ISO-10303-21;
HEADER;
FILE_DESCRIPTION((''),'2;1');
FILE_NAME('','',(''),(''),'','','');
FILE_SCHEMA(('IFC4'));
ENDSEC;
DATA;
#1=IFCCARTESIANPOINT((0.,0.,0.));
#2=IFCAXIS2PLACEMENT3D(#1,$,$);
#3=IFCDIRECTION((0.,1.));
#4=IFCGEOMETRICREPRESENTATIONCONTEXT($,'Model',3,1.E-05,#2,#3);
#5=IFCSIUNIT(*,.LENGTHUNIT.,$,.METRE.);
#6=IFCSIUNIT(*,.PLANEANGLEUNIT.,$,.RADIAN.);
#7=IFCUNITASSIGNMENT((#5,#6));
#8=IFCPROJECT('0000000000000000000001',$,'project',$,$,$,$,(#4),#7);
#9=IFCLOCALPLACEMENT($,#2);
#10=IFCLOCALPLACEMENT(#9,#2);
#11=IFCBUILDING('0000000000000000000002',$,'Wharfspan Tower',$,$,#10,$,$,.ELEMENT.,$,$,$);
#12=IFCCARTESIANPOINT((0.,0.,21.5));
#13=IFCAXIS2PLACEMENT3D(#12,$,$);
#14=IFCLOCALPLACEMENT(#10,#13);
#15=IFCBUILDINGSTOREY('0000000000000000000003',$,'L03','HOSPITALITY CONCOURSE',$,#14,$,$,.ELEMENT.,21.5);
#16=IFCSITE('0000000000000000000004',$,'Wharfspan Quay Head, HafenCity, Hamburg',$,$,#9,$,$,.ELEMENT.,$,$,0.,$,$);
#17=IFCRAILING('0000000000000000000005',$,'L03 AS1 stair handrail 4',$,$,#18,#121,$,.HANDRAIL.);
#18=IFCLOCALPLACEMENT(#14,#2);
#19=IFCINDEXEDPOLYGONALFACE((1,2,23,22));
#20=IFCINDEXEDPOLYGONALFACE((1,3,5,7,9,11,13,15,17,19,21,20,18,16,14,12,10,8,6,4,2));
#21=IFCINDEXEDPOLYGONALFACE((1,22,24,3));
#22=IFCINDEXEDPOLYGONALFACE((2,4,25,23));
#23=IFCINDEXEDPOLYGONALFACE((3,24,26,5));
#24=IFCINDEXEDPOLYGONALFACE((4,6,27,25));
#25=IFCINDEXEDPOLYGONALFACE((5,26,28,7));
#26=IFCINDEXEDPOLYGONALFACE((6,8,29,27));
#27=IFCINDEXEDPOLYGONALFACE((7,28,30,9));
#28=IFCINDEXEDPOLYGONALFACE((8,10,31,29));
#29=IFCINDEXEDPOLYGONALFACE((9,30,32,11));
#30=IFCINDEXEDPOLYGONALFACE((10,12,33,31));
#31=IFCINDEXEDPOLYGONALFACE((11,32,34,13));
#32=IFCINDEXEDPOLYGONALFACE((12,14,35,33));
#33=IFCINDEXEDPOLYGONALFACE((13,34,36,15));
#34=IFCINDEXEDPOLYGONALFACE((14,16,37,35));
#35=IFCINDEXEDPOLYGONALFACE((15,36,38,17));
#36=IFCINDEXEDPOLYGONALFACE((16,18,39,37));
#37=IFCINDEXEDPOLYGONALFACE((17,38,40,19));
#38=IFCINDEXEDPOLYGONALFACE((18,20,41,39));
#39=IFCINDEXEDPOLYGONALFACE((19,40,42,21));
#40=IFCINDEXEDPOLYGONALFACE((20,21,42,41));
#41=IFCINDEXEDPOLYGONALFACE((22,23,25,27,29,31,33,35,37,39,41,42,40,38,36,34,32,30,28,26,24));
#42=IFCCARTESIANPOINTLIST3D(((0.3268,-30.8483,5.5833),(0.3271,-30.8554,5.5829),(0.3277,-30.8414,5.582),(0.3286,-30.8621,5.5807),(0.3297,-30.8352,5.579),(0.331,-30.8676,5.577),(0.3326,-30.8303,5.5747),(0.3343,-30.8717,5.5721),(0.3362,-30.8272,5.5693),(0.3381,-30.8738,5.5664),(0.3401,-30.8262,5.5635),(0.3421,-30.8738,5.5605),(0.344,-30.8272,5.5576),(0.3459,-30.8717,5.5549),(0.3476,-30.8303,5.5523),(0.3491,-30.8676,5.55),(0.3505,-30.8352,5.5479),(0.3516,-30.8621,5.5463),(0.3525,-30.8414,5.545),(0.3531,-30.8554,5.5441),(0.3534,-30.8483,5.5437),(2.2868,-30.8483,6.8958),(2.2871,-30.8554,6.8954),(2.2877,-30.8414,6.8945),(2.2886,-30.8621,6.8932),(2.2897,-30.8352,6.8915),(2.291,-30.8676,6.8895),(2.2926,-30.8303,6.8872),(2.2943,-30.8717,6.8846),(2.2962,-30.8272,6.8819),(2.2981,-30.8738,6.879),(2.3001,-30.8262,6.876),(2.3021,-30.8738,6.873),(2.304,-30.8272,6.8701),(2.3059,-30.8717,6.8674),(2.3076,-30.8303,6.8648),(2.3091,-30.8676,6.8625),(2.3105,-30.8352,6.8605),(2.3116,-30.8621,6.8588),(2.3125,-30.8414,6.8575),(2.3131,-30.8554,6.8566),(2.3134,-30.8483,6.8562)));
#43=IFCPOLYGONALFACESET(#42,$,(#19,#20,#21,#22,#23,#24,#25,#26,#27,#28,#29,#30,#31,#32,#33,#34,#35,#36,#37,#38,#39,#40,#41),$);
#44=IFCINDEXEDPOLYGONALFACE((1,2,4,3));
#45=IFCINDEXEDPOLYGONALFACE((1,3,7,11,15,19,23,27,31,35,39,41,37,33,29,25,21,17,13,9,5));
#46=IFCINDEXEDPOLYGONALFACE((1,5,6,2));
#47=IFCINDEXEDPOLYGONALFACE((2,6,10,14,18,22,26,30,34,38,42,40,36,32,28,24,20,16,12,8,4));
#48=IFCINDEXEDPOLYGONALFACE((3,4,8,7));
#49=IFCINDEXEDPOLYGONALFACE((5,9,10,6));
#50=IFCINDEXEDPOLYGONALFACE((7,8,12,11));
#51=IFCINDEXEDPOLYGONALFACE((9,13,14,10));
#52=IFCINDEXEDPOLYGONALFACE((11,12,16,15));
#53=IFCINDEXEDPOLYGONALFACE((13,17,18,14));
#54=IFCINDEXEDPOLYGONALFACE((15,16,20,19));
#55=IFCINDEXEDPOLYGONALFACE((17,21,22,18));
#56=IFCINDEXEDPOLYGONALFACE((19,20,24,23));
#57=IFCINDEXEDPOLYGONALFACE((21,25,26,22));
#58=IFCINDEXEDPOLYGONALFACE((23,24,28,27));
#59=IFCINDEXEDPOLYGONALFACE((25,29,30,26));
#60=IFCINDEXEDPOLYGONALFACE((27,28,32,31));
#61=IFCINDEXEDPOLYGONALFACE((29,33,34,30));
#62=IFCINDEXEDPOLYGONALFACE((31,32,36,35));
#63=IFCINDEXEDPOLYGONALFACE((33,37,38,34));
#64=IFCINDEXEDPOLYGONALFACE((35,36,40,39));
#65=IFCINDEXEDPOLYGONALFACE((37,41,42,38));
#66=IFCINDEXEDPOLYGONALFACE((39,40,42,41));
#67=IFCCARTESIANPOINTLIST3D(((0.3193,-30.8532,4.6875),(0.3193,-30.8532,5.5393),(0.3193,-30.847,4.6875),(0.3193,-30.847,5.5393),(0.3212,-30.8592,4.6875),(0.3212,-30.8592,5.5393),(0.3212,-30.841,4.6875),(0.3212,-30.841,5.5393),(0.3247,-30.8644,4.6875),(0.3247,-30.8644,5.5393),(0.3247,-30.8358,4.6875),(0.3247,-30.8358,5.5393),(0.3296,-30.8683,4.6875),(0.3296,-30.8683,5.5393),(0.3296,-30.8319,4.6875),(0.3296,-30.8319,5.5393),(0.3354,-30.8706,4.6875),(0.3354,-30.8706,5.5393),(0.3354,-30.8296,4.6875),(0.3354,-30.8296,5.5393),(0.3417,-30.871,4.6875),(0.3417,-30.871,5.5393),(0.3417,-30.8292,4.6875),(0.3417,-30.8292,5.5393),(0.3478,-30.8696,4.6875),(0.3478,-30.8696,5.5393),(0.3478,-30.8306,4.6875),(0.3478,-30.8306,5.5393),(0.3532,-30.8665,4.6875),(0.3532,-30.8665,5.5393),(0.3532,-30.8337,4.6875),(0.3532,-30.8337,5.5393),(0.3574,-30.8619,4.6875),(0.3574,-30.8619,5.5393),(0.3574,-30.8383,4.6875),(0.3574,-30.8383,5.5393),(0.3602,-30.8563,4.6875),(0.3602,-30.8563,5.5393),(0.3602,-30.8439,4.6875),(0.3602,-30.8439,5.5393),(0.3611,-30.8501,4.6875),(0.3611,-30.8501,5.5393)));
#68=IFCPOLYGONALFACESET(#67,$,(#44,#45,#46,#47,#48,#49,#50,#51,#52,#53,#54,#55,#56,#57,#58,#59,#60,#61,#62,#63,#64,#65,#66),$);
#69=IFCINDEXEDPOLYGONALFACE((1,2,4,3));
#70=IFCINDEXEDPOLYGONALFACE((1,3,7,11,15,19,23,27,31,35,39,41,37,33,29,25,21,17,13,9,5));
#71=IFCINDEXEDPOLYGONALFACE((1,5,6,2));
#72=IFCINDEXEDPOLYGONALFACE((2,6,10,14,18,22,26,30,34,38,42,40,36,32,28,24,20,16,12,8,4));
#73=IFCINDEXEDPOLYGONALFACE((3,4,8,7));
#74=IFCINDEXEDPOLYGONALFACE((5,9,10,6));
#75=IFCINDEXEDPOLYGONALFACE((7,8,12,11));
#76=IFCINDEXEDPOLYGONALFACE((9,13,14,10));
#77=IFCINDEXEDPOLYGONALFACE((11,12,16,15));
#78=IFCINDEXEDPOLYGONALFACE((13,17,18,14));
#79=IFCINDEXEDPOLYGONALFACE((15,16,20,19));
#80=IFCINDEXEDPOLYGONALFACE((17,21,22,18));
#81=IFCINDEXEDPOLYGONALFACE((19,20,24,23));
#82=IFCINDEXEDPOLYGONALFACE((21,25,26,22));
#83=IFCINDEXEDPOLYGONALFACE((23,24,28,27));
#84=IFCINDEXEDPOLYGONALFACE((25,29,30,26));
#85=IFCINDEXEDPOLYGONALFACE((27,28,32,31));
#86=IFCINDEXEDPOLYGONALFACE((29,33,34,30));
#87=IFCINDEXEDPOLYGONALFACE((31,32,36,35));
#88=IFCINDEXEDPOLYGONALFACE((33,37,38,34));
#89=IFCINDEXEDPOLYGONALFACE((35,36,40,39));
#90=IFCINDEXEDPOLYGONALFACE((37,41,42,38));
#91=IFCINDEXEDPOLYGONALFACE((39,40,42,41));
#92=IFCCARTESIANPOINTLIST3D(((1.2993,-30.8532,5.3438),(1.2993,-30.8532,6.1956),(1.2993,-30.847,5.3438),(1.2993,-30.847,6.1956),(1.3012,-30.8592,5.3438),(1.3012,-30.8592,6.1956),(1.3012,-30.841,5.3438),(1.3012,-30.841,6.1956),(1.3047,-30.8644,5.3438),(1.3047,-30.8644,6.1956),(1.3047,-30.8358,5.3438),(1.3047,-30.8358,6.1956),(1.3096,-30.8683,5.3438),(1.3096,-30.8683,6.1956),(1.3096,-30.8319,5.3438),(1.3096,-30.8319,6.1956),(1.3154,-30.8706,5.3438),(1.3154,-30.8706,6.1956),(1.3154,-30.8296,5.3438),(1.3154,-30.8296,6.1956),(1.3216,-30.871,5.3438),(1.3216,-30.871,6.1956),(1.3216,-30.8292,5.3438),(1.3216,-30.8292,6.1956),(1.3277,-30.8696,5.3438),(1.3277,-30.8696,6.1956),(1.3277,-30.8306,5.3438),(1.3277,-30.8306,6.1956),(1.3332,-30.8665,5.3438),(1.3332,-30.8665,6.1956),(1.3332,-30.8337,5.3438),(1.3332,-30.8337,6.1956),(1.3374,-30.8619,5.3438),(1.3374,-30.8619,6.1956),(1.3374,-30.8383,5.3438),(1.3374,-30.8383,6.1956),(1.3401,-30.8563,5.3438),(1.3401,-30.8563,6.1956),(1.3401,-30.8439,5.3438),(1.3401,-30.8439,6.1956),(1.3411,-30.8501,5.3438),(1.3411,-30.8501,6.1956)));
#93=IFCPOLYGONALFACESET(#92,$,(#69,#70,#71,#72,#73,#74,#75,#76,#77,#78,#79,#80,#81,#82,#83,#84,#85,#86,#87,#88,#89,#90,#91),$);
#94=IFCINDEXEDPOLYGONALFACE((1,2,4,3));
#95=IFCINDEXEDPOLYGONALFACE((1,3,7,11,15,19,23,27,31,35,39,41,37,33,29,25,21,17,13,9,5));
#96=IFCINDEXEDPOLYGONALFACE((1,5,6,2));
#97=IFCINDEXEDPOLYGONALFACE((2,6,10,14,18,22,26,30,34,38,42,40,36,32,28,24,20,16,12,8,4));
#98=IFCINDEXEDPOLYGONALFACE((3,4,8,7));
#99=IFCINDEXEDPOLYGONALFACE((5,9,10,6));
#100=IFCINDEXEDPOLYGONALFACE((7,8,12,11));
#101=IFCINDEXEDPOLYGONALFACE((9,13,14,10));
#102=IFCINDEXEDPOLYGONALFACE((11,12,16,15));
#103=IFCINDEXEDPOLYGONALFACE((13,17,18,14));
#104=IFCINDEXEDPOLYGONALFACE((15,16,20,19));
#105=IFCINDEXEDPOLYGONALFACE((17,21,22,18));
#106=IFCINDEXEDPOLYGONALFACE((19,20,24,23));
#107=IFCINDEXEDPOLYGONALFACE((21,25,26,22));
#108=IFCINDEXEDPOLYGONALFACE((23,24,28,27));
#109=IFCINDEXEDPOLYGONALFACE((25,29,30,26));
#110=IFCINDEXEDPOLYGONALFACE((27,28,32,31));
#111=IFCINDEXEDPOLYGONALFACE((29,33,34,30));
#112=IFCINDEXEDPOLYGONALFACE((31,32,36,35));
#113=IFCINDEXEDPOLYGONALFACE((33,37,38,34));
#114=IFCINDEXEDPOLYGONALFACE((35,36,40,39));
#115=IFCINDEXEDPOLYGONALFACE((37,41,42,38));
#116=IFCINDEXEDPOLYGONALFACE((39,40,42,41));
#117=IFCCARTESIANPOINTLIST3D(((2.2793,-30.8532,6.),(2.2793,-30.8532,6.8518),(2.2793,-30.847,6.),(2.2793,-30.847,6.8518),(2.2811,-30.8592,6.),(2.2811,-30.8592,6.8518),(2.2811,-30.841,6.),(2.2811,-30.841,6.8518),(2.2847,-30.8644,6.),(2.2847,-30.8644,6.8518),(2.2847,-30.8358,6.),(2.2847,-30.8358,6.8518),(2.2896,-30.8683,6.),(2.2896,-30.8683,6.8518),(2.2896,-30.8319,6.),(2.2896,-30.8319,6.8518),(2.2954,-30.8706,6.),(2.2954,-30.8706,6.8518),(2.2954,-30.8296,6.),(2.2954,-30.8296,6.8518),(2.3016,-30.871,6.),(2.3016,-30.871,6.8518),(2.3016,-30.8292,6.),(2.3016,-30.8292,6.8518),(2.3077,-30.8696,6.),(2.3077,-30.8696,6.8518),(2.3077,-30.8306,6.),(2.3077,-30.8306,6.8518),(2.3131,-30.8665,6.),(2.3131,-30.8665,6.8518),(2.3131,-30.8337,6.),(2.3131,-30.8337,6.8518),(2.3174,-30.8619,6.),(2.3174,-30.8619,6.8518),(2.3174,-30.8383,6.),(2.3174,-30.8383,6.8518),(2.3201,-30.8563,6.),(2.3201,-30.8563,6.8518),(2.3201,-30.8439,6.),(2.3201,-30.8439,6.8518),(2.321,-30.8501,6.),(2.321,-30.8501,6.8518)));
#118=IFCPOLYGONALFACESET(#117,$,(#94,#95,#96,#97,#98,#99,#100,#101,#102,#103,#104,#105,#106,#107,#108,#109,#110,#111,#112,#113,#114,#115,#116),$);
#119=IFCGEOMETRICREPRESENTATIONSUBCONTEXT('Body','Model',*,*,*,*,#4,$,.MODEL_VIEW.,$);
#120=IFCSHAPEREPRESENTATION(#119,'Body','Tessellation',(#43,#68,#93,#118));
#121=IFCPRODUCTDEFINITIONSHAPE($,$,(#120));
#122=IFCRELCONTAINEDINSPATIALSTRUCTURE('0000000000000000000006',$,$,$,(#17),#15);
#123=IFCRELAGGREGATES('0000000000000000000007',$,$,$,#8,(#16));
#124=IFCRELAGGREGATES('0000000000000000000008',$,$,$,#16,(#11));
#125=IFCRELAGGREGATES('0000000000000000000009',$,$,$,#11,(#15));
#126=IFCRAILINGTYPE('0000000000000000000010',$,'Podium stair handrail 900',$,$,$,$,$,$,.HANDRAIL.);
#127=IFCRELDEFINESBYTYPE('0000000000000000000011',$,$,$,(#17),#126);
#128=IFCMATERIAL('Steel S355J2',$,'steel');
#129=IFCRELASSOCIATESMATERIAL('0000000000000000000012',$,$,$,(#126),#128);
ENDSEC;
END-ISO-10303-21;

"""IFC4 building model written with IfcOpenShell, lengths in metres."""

from ifc_helpers import new_model, si_unit, direction, frame, origin, origin_2d, place, context, subcontext, project, spatial, circle, extrude, material, type_object, element, save


model = new_model("IFC4")

# Units and contexts
model_context = context("Model", 3, precision=1e-05, world=origin(), true_north=direction((0.0, 1.0)))
body_context = subcontext(model_context, "Body", "Model", "MODEL_VIEW")
ifc_project = project(units=[si_unit("LENGTHUNIT", "METRE"), si_unit("PLANEANGLEUNIT", "RADIAN")], contexts=[model_context])

# Site, building, storey
site_placement = place(None, origin())
site = spatial("IfcSite", under=ifc_project, at=site_placement, Name="Wharfspan Quay Head, HafenCity, Hamburg", CompositionType="ELEMENT", RefElevation=0.0)
building_placement = place(site_placement, origin())
building = spatial("IfcBuilding", under=site, at=building_placement, Name="Wharfspan Tower", CompositionType="ELEMENT")
storey_placement = place(building_placement, frame((0.0, 0.0, 21.5)))
storey = spatial("IfcBuildingStorey", under=building, at=storey_placement, Name="L03", Description="HOSPITALITY CONCOURSE", CompositionType="ELEMENT", Elevation=21.5)

# Railing
ifc_material_1 = material(Name="Steel S355J2", Category="steel")
railing_type_1 = type_object("IfcRailingType", Name="Podium stair handrail 900", PredefinedType="HANDRAIL", material=ifc_material_1)
railing_1_placement = place(storey_placement, frame((0.3401, -30.8501, 4.6875)))
element("IfcRailing", 1, at=railing_1_placement, inside=storey, type_object=railing_type_1, Name="L03 AS1 stair handrail 4", PredefinedType="HANDRAIL", context=body_context, shape_type="SweptSolid", body=[
    extrude(circle(Radius=0.0239, at=origin_2d()), frame((0.0, 0.0, 0.876), z_axis=(0.830902, 0.0, 0.556419), x_axis=(0.0, 1.0, 0.0)), (0.0, 0.0, 1.0), 2.3589),
    extrude(circle(Radius=0.021, at=origin_2d()), origin(), (0.0, 0.0, 1.0), 0.8518),
    extrude(circle(Radius=0.021, at=origin_2d()), frame((0.98, 0.0, 0.6562)), (0.0, 0.0, 1.0), 0.8518),
    extrude(circle(Radius=0.021, at=origin_2d()), frame((1.96, 0.0, 1.3125)), (0.0, 0.0, 1.0), 0.8518),
])

save(model, "model.ifc")
